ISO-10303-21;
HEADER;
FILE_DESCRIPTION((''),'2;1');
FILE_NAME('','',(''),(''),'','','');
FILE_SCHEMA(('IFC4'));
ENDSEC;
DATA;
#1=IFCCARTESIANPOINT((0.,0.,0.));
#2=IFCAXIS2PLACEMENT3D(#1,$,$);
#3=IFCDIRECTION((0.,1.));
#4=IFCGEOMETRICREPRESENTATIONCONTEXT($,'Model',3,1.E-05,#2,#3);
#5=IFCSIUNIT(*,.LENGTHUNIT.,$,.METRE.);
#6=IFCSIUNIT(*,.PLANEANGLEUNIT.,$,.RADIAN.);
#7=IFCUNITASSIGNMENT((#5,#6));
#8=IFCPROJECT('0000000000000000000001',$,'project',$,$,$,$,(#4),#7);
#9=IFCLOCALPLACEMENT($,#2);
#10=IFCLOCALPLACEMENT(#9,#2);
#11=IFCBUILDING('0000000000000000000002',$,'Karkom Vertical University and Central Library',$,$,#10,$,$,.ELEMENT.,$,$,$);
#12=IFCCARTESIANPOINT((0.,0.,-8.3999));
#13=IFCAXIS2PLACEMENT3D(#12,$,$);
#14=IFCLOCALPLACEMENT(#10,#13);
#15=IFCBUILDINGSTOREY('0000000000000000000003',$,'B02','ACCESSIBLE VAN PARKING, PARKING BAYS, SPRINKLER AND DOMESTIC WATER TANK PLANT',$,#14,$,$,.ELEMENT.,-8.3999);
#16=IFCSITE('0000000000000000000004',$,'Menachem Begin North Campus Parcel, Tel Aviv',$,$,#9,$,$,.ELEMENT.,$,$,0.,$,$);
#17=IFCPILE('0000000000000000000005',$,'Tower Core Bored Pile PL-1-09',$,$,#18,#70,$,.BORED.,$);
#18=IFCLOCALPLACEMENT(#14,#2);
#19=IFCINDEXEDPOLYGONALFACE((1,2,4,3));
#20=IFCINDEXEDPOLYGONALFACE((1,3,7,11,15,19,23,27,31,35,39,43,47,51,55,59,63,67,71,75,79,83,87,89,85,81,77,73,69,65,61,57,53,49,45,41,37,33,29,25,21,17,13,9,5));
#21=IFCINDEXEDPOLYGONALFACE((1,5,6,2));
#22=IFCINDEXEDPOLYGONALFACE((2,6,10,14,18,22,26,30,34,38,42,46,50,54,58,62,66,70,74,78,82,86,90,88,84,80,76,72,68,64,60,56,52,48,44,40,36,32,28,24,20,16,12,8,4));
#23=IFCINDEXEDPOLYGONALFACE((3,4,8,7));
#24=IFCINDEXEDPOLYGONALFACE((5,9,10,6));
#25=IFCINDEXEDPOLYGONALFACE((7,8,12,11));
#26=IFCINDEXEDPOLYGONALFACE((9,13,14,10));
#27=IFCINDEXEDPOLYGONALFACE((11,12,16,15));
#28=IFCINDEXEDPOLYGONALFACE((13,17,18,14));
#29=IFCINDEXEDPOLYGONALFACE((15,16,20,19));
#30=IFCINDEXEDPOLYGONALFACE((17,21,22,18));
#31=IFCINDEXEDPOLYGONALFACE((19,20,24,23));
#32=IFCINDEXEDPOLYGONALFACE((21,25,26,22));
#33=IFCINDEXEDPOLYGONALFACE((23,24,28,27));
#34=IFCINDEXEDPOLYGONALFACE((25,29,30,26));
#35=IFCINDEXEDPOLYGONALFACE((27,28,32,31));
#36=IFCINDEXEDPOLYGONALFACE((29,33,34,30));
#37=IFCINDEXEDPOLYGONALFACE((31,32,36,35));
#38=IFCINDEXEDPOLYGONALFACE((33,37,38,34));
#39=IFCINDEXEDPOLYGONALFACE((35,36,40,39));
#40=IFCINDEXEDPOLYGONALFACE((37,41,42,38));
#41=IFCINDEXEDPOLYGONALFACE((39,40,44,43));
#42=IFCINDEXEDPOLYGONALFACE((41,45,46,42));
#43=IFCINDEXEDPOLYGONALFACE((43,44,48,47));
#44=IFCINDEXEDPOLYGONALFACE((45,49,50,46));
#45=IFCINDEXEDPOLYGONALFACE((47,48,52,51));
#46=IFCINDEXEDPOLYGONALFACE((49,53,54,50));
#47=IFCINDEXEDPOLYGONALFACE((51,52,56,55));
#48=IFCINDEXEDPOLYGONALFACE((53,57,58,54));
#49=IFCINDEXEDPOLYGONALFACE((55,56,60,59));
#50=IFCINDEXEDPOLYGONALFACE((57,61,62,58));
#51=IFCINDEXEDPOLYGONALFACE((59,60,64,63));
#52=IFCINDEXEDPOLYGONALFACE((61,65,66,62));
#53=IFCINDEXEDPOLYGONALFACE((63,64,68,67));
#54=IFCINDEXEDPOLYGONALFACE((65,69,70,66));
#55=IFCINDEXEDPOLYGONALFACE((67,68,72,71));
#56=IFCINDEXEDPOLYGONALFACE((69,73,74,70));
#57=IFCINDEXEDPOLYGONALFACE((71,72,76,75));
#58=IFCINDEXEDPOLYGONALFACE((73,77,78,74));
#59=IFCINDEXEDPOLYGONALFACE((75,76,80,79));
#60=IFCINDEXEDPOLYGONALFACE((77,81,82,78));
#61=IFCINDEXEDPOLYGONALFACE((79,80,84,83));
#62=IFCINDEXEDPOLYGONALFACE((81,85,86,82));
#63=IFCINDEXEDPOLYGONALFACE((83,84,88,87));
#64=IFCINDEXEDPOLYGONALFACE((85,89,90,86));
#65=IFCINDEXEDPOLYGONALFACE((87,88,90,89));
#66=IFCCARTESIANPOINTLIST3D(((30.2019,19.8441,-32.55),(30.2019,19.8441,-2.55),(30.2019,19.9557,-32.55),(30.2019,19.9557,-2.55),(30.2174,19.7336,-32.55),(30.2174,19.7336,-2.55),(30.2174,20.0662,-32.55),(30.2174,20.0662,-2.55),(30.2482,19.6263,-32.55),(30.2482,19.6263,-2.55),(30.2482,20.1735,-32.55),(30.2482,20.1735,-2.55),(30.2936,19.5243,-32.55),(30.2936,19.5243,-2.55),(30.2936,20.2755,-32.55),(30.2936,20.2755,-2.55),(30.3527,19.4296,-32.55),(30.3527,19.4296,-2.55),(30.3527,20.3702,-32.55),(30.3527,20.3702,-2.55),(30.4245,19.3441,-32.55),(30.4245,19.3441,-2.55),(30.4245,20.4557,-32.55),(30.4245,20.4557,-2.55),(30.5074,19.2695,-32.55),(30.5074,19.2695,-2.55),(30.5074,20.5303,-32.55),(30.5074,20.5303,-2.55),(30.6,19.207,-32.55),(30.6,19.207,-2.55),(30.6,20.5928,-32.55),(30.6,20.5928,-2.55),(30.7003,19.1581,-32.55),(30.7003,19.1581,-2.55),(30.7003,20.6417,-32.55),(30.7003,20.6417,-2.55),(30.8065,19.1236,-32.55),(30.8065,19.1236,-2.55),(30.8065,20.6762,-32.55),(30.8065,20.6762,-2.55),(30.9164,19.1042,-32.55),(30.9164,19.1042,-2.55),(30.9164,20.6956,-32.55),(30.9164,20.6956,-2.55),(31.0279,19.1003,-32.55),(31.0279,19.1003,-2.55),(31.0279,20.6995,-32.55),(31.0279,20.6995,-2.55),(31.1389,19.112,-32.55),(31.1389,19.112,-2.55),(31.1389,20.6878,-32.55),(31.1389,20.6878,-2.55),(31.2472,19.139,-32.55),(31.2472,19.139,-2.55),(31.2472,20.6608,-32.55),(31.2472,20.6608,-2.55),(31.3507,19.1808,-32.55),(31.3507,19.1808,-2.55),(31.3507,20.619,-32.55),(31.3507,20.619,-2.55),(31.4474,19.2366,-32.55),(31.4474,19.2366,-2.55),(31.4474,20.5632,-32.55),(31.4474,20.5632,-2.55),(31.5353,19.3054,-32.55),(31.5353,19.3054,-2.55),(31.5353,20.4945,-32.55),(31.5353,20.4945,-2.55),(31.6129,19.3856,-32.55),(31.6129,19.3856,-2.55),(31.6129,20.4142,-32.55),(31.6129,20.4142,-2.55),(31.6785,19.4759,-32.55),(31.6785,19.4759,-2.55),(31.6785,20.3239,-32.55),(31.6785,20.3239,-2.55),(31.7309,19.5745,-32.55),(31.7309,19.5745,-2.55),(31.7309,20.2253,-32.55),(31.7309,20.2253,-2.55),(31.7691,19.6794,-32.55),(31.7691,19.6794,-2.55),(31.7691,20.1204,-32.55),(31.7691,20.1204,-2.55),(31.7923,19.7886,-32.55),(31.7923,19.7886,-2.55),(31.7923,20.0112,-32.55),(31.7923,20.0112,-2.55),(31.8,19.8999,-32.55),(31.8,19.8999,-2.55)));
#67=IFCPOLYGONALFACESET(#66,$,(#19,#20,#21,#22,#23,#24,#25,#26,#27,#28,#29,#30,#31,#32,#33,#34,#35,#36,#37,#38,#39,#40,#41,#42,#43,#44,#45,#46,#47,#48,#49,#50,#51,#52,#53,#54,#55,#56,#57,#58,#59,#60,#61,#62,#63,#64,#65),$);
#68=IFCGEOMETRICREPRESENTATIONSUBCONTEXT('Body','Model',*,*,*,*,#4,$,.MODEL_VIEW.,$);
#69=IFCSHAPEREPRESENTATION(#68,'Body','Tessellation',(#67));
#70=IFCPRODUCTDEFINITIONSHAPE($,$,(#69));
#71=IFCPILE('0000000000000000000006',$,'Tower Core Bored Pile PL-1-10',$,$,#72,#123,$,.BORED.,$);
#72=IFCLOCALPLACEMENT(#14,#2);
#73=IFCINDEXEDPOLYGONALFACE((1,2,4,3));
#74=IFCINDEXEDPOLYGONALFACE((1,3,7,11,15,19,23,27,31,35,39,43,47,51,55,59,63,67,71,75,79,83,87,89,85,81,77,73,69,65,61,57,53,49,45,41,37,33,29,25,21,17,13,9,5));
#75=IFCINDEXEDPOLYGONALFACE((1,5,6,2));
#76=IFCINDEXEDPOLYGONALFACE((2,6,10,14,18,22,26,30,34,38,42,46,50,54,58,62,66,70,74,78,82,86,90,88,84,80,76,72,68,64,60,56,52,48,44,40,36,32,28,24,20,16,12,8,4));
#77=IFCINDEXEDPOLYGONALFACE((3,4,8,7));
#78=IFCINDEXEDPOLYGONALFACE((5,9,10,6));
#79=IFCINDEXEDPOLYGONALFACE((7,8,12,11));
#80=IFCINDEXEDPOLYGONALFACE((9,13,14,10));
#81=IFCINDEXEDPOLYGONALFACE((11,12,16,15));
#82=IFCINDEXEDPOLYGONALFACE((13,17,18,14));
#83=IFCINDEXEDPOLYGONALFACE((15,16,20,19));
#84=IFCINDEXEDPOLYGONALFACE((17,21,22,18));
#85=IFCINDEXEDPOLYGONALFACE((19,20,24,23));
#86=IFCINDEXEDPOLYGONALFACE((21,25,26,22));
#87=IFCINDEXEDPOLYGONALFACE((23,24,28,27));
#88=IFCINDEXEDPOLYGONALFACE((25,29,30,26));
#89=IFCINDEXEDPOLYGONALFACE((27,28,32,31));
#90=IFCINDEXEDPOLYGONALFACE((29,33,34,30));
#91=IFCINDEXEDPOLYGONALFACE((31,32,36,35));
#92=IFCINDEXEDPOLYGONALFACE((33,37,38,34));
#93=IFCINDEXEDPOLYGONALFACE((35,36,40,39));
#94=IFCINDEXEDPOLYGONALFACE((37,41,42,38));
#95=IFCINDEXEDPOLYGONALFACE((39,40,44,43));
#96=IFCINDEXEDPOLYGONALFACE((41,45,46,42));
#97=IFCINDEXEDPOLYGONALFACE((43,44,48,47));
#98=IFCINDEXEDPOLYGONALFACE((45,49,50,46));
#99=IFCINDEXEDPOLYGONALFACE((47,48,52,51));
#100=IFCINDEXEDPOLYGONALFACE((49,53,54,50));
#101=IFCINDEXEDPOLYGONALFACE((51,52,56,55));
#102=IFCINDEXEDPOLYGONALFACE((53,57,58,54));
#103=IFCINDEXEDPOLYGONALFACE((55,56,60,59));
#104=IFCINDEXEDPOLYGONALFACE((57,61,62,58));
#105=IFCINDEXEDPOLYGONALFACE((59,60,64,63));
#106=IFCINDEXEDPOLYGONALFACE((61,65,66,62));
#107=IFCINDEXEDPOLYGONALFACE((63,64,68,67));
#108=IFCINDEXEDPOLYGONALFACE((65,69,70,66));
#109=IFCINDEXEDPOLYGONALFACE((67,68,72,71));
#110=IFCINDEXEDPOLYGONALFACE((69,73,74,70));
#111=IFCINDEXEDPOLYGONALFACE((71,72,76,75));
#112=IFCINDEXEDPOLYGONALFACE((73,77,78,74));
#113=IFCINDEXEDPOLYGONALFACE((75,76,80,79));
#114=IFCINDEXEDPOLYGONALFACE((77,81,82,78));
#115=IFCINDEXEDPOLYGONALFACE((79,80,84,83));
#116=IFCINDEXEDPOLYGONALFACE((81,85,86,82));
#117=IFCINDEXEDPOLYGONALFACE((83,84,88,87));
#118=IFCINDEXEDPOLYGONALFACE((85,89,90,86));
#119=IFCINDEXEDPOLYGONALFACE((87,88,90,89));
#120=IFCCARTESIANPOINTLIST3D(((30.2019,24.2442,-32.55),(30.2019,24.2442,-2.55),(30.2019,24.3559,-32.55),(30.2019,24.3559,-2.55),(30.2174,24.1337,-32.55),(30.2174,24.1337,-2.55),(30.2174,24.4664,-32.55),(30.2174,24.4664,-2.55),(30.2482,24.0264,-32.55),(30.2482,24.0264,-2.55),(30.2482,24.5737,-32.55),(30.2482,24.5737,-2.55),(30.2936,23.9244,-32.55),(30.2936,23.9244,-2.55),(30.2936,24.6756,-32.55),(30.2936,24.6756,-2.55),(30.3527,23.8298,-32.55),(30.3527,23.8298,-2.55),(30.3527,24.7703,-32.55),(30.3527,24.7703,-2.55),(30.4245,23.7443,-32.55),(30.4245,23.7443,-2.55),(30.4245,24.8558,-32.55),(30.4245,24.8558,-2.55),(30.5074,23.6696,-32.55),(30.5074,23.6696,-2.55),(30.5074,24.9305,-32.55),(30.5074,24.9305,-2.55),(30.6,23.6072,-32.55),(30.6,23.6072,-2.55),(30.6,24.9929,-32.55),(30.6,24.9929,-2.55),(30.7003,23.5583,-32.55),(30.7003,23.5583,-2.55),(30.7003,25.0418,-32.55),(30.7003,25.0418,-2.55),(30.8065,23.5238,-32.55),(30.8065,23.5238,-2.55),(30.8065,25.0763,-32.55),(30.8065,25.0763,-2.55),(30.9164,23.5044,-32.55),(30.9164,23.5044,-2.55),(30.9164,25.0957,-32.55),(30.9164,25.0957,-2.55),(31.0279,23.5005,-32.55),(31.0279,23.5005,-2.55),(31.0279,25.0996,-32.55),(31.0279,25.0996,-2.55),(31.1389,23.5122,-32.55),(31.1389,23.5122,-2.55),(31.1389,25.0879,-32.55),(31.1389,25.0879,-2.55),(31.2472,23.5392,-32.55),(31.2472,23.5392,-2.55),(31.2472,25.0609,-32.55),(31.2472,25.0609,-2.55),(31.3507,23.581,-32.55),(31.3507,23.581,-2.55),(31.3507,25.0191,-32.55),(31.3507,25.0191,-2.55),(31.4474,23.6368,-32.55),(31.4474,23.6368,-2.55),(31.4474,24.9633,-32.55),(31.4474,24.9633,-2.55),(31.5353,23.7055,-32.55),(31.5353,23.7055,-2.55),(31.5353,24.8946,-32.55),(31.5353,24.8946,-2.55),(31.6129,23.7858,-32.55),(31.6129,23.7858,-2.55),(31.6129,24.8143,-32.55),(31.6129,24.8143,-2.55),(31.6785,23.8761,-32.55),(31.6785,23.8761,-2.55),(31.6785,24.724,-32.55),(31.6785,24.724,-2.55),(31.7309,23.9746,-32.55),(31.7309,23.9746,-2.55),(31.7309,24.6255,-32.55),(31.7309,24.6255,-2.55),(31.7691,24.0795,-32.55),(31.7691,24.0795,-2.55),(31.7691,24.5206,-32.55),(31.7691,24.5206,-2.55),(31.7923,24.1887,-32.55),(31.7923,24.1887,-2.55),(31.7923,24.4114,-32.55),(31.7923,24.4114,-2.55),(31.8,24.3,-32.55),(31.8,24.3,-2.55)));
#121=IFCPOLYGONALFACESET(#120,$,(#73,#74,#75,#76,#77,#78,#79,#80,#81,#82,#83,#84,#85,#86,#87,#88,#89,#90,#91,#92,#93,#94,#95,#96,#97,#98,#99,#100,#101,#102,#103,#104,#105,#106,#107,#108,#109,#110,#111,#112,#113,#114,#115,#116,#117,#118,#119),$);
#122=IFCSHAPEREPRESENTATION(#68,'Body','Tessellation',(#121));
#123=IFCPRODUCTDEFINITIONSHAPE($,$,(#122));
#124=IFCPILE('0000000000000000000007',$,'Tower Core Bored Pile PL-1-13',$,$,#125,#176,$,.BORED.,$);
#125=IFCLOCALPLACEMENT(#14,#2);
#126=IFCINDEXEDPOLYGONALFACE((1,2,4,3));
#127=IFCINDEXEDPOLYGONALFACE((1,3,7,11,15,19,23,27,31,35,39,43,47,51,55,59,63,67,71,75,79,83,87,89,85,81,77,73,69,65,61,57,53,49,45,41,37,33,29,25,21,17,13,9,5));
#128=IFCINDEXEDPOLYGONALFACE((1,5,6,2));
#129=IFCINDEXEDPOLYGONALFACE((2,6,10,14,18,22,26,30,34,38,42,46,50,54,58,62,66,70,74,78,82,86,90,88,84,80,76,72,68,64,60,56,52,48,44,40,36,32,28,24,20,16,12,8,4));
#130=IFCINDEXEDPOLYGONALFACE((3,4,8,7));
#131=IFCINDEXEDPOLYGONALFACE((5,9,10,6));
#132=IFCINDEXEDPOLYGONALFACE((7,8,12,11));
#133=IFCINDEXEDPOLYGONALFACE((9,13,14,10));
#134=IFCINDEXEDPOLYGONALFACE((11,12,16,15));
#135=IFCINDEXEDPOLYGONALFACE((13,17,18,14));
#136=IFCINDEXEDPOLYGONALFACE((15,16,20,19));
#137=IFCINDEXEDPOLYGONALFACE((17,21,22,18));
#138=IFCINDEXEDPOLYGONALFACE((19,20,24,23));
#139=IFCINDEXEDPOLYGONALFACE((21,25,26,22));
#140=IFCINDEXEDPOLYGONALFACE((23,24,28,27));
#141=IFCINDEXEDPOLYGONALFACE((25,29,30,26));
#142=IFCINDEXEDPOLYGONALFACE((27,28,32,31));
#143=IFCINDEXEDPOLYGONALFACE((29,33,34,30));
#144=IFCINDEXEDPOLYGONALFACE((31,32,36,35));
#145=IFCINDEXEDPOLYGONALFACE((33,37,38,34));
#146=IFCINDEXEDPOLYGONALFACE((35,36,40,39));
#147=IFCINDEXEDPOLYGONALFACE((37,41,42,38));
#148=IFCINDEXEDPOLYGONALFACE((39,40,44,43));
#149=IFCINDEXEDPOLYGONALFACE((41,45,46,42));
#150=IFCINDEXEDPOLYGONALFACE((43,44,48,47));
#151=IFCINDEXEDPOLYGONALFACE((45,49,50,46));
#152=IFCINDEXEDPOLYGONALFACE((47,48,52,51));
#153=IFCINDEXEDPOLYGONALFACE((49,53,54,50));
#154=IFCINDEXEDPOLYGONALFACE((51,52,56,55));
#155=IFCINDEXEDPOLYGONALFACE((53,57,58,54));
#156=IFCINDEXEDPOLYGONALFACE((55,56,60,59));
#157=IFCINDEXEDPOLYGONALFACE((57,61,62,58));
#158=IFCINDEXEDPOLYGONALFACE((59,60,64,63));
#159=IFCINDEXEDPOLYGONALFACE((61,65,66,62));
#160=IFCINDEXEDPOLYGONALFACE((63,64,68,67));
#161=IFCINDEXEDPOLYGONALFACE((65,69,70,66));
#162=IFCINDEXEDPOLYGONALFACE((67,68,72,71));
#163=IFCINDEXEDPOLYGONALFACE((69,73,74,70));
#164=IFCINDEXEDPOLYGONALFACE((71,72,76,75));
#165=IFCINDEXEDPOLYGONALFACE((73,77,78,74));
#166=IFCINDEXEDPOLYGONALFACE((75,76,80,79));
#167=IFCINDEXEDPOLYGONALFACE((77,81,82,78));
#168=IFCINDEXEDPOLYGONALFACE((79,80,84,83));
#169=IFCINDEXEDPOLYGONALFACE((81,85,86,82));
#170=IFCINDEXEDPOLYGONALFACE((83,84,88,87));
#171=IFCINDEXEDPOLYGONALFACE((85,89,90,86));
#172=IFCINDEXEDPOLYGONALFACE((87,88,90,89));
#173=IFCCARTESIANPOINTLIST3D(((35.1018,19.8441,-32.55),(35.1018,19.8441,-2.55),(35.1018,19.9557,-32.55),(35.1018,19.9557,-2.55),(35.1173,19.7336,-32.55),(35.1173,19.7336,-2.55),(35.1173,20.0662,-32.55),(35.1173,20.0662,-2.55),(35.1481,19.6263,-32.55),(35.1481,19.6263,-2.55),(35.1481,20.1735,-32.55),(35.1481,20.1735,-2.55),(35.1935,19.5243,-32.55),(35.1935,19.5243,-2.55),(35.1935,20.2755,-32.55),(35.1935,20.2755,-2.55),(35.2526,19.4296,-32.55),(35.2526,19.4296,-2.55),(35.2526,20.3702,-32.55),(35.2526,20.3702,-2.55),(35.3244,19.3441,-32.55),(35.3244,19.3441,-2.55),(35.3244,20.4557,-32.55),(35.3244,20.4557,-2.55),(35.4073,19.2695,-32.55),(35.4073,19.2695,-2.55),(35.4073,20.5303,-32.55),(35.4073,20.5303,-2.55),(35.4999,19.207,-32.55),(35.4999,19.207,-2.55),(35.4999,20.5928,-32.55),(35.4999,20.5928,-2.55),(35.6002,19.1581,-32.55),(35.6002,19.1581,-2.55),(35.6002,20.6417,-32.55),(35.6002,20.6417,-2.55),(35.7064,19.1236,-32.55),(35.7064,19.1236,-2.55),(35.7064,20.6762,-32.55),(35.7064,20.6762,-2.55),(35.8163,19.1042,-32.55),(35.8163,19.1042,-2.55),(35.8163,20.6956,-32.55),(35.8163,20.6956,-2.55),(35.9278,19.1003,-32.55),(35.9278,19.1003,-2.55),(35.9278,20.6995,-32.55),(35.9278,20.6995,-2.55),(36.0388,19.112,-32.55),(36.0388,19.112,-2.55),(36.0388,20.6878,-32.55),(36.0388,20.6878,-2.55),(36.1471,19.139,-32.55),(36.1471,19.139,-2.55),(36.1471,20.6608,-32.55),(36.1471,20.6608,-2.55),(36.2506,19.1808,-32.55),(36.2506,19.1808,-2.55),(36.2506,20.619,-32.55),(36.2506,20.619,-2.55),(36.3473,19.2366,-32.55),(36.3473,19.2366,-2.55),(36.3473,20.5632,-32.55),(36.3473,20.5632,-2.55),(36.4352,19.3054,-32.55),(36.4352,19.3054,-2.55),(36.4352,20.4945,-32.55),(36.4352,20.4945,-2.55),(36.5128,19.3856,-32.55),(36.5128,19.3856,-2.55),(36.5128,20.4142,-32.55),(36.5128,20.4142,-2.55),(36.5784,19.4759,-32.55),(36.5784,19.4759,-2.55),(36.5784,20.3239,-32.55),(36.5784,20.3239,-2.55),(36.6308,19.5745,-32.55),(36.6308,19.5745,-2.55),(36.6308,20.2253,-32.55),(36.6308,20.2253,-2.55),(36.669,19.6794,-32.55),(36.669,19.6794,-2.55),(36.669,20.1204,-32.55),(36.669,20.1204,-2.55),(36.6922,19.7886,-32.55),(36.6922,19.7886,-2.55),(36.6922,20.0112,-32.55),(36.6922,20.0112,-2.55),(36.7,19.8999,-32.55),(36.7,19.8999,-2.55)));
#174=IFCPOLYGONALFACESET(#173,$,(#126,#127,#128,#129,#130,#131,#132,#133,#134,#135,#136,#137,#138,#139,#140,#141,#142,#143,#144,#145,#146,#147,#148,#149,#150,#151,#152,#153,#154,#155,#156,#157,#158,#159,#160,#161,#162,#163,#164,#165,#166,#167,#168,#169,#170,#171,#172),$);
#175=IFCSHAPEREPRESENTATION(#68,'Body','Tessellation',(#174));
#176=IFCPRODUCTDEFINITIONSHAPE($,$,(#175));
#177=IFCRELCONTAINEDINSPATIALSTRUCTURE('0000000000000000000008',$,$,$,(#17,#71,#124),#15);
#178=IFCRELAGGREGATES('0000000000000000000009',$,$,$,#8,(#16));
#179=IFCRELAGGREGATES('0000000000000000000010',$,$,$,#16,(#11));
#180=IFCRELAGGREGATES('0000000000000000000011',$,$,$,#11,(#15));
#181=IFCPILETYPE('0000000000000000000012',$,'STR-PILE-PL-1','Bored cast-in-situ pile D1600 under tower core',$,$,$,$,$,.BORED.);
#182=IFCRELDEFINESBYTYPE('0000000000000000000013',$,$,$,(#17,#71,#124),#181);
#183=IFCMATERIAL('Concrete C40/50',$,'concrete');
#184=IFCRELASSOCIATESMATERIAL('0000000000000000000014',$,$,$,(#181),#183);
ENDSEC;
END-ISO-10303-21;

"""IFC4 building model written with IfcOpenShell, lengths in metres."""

from ifc_helpers import new_model, si_unit, direction, frame, origin, origin_with_axes, origin_2d, place, context, subcontext, project, spatial, circle, extrude, source, transform, mapped, material, material_profile, profile_set, type_object, element, save


model = new_model("IFC4")

# Units and contexts
model_context = context("Model", 3, precision=1e-05, world=origin(), true_north=direction((0.0, 1.0)))
body_context = subcontext(model_context, "Body", "Model", "MODEL_VIEW")
ifc_project = project(units=[si_unit("LENGTHUNIT", "METRE"), si_unit("PLANEANGLEUNIT", "RADIAN")], contexts=[model_context])

# Site, building, storey
site_placement = place(None, origin())
site = spatial("IfcSite", under=ifc_project, at=site_placement, Name="Menachem Begin North Campus Parcel, Tel Aviv", CompositionType="ELEMENT", RefElevation=0.0)
building_placement = place(site_placement, origin())
building = spatial("IfcBuilding", under=site, at=building_placement, Name="Karkom Vertical University and Central Library", CompositionType="ELEMENT")
storey_placement = place(building_placement, frame((0.0, 0.0, -8.3999)))
storey = spatial("IfcBuildingStorey", under=building, at=storey_placement, Name="B02", Description="ACCESSIBLE VAN PARKING, PARKING BAYS, SPRINKLER AND DOMESTIC WATER TANK PLANT", CompositionType="ELEMENT", Elevation=-8.3999)

# Piles
ifc_material_1 = material(Name="Concrete C40/50", Category="concrete")
ifc_material_profile_1 = material_profile(ifc_material_1, circle(Radius=0.8, at=origin_2d()), Name="PILE-D1600")
ifc_profile_set_1 = profile_set([ifc_material_profile_1], Name="Concrete C40/50")
pile_type_1 = type_object("IfcPileType", Name="STR-PILE-PL-1", Description="Bored cast-in-situ pile D1600 under tower core", PredefinedType="BORED", material=ifc_profile_set_1)
shared_shape_1 = source(origin_with_axes(), body_context, "Body", "SweptSolid", [
    extrude(circle(Radius=0.8, at=origin_2d()), origin(), (0.0, 0.0, 1.0), 30.0),
])
for number, where, z_axis, x_axis, name in (
    (1, (31.0, 19.8999, -2.55), (0.0, 0.0, -1.0), (1.0, 0.0, 0.0), "Tower Core Bored Pile PL-1-09"),
    (2, (31.0, 24.3, -2.55), (0.0, 0.0, -1.0), (1.0, 0.0, 0.0), "Tower Core Bored Pile PL-1-10"),
    (3, (35.8999, 19.8999, -2.55), (0.0, 0.0, -1.0), (1.0, 0.0, 0.0), "Tower Core Bored Pile PL-1-13"),
):
    element("IfcPile", number, at=place(storey_placement, frame(where, z_axis=z_axis, x_axis=x_axis)), inside=storey, type_object=pile_type_1, Name=name, PredefinedType="BORED", context=body_context, shape_type="MappedRepresentation", body=[
        mapped(shared_shape_1, transform((0.0, 0.0, 0.0), scale=1.0)),
    ])

save(model, "model.ifc")
